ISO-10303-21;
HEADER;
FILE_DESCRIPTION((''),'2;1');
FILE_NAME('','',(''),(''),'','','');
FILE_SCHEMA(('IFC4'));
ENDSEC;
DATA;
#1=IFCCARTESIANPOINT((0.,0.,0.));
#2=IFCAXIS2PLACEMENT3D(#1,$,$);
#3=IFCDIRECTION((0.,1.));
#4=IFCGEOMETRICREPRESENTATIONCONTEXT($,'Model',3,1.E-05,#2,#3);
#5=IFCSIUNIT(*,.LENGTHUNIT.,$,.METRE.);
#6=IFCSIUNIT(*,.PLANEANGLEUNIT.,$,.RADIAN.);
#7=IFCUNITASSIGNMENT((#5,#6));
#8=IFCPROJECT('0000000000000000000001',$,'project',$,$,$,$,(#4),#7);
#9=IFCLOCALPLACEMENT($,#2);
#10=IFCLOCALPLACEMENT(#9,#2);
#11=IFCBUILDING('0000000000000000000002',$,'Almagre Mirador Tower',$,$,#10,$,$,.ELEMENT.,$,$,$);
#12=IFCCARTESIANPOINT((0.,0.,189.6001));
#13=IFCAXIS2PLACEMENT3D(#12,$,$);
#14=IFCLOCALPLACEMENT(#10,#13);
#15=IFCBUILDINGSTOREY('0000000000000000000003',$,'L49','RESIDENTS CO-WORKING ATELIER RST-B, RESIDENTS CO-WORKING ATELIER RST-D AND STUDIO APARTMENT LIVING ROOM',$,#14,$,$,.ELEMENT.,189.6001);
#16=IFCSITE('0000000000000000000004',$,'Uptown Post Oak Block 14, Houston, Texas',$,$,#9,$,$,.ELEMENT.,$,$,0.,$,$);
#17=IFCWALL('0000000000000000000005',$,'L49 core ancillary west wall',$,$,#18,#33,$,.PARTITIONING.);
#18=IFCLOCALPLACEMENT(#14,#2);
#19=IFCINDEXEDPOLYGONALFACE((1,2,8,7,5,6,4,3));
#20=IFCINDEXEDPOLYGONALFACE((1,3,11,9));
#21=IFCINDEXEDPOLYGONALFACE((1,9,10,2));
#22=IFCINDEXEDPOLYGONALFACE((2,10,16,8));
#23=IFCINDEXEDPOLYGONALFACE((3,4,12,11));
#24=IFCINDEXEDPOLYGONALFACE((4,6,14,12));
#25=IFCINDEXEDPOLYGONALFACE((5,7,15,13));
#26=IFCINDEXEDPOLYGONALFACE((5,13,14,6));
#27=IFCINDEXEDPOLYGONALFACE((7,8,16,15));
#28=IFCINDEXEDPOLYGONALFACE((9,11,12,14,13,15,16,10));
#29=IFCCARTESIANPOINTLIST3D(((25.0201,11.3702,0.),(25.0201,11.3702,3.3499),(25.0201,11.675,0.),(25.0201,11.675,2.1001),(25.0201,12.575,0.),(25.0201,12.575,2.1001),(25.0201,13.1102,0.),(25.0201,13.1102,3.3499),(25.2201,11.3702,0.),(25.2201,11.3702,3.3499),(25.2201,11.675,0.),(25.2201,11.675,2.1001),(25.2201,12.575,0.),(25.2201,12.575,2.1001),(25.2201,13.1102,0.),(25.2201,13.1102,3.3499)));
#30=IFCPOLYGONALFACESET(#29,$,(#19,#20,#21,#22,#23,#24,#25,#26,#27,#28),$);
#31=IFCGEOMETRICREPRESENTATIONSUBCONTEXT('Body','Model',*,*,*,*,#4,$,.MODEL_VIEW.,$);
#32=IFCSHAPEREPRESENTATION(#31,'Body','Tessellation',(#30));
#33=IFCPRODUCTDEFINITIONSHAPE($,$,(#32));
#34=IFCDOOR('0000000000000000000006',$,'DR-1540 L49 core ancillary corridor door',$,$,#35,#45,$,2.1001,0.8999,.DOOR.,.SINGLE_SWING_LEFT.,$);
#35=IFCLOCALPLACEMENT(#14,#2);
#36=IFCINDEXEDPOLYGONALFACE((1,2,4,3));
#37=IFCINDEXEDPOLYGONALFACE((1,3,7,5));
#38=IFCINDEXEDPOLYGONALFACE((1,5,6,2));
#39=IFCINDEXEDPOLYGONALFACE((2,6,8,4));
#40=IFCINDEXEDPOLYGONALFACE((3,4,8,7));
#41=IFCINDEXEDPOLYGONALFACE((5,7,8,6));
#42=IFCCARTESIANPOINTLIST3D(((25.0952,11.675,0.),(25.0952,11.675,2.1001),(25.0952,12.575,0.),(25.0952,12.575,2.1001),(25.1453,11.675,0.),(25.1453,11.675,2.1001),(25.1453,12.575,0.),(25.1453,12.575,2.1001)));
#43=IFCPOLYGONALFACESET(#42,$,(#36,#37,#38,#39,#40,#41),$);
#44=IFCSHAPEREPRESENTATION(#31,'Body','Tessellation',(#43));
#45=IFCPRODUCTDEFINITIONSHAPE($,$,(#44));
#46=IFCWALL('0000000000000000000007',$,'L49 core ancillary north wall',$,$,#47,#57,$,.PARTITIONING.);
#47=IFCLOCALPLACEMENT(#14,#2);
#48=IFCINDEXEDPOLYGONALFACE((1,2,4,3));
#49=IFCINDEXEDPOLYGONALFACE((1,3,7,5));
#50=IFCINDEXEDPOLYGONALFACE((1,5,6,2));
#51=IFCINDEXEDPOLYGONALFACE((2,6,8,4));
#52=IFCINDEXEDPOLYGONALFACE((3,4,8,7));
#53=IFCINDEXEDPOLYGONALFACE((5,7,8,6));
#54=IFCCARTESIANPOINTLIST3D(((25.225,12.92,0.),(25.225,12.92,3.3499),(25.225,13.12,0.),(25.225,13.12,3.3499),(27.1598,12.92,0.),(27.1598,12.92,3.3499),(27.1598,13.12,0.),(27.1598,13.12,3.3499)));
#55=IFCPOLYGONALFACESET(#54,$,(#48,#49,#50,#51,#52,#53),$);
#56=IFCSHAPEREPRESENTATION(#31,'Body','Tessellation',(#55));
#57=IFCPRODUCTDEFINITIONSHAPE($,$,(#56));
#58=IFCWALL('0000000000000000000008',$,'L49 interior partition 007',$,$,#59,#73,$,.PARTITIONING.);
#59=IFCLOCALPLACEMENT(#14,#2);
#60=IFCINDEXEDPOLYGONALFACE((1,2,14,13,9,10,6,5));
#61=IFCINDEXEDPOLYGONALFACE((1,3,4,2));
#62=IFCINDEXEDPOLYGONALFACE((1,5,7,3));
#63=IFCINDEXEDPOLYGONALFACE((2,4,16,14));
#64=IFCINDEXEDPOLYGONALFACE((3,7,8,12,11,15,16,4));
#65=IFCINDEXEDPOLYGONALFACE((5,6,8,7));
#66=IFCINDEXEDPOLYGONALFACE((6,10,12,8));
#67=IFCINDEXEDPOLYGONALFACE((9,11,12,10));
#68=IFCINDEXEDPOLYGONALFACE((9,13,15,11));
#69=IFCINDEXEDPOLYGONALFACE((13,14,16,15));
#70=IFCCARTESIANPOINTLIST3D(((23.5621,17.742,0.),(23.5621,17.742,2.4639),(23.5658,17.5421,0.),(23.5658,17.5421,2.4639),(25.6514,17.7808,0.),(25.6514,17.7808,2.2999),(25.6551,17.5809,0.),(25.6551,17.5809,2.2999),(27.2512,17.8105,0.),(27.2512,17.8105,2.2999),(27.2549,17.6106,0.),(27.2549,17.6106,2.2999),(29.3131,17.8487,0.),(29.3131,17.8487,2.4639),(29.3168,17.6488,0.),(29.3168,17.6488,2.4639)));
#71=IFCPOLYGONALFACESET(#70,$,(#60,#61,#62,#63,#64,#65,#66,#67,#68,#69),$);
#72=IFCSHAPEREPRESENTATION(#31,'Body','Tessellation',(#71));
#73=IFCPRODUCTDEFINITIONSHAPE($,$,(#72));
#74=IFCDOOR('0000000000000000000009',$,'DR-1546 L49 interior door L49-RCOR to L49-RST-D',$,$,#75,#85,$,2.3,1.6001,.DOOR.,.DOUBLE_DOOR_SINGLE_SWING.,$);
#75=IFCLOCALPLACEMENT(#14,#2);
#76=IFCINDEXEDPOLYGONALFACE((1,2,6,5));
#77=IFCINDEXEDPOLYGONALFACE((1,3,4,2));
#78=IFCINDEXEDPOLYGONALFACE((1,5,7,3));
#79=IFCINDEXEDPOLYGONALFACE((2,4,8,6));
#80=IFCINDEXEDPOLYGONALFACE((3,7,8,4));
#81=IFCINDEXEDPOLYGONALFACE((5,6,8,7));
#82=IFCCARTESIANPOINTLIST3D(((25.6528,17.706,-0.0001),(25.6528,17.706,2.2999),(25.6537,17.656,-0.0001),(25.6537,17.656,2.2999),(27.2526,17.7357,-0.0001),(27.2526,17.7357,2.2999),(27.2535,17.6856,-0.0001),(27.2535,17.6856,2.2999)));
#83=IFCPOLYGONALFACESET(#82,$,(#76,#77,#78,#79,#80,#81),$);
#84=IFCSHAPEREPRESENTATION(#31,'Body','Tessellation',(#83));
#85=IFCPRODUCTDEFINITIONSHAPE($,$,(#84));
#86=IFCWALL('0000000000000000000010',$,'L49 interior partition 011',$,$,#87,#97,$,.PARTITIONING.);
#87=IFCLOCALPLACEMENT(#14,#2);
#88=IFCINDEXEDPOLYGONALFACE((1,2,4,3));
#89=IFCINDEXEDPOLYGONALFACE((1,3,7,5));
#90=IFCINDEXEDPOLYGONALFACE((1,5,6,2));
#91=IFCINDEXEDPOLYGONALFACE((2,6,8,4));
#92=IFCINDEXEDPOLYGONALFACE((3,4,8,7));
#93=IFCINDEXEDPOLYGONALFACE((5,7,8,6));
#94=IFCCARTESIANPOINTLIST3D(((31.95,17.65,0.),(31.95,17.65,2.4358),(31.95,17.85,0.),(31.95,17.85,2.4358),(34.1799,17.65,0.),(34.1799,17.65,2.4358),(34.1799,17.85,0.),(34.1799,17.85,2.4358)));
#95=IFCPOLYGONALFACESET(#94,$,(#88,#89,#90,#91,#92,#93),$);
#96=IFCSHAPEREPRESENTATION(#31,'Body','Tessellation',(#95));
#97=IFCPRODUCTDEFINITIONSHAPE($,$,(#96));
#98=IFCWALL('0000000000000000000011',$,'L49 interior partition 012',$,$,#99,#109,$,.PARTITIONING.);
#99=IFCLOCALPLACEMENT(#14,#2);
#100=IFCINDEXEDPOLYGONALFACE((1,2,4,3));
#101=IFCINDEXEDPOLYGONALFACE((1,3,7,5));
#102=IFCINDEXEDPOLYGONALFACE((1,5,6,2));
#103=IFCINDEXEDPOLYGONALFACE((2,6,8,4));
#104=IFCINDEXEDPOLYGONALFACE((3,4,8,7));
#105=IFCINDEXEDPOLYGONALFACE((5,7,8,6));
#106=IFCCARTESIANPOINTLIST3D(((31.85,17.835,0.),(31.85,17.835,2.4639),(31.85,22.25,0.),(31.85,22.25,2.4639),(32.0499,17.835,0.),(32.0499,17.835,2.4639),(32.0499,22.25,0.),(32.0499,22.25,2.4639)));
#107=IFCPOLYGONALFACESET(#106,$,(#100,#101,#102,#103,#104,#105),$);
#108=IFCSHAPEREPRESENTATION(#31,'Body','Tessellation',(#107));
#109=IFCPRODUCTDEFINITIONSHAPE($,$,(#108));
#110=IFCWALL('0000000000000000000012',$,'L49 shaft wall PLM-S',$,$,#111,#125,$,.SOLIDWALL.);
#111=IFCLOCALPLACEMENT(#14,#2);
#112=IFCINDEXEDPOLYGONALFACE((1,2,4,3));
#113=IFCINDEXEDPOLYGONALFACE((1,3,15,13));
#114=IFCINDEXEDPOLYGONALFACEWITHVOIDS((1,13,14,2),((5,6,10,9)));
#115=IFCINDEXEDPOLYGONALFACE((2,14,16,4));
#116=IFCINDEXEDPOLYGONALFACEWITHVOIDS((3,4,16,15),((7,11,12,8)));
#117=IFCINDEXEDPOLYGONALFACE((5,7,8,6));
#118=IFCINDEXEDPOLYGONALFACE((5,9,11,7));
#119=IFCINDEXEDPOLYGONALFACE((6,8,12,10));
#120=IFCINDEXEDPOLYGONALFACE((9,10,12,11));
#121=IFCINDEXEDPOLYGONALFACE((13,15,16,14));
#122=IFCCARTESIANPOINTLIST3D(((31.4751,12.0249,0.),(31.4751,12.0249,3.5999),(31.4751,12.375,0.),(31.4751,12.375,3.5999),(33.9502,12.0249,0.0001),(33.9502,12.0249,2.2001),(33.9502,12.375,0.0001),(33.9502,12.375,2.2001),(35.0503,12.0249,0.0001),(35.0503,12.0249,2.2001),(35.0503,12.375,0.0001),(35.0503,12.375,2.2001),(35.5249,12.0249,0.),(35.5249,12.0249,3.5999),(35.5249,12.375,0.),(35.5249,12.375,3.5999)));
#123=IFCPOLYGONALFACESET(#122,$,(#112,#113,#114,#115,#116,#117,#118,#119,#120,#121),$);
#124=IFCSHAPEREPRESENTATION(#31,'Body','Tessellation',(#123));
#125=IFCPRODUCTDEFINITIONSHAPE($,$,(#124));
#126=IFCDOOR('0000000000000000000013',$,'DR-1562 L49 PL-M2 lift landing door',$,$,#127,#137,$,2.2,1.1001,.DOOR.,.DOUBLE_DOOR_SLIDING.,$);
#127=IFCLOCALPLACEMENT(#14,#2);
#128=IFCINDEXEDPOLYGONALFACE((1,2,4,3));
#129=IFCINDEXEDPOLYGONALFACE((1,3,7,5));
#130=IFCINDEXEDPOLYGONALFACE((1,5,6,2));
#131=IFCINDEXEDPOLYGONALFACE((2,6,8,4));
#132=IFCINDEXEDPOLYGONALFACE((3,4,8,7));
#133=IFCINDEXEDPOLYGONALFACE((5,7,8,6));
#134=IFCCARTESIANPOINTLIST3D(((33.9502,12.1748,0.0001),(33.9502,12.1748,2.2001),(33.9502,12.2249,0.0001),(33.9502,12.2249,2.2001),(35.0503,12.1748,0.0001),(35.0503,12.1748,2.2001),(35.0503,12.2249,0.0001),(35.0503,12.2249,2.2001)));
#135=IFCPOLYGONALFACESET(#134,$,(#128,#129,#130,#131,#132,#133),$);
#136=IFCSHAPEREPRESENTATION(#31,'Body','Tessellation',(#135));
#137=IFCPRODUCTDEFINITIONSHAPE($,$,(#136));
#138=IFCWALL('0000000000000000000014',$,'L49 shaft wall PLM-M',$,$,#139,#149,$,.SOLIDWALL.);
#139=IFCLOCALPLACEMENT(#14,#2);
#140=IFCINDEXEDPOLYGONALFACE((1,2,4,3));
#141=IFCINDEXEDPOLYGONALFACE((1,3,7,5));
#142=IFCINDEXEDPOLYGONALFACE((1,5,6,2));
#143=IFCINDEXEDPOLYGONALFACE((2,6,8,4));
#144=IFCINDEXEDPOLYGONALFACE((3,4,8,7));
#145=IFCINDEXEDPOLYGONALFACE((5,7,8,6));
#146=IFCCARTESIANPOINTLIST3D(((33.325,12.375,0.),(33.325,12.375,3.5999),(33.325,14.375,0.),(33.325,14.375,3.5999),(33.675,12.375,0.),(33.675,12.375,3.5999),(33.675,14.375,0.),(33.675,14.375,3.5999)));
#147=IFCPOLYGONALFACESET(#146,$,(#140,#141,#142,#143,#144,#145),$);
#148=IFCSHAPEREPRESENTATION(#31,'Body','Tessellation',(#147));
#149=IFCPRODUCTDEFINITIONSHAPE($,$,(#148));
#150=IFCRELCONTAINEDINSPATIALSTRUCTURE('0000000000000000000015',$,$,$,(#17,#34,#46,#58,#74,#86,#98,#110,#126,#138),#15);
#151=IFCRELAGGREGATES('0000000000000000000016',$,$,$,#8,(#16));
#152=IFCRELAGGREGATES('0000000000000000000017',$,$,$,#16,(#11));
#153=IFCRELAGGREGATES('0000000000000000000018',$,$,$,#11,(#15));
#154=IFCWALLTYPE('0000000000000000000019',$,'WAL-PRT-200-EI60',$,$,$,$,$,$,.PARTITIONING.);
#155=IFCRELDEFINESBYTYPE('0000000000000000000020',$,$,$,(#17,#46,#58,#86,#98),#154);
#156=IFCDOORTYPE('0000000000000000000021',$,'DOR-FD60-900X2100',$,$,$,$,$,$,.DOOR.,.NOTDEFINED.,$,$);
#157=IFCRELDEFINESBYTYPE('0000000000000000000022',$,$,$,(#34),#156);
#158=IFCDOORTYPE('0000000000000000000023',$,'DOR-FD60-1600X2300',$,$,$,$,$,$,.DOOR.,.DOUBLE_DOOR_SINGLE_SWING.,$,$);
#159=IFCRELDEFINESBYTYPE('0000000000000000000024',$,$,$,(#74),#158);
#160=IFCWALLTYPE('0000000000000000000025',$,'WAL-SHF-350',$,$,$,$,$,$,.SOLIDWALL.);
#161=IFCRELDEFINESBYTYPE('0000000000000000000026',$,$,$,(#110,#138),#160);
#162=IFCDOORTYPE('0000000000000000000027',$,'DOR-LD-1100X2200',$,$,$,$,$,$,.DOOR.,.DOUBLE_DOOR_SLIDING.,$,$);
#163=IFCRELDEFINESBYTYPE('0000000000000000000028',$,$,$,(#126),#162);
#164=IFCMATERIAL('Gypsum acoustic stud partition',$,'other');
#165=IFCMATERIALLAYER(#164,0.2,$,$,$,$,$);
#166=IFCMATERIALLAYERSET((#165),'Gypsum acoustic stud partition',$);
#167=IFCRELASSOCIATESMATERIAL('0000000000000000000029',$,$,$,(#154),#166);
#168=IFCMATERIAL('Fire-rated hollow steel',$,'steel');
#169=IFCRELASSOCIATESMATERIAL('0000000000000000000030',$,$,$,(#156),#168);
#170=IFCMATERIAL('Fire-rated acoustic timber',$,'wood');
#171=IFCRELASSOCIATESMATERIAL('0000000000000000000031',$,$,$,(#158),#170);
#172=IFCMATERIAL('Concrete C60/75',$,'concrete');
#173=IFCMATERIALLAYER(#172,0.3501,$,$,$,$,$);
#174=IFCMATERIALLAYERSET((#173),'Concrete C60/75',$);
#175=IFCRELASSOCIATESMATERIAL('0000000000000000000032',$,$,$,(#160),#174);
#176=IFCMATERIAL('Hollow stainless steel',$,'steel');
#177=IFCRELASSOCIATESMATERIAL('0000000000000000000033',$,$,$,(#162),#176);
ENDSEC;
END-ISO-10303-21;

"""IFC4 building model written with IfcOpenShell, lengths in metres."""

from ifc_helpers import new_model, si_unit, direction, frame, frame_2d, origin, place, context, subcontext, project, spatial, rectangle, extrude, material, layer, layer_set, type_object, element, fill, save


model = new_model("IFC4")

# Units and contexts
model_context = context("Model", 3, precision=1e-05, world=origin(), true_north=direction((0.0, 1.0)))
body_context = subcontext(model_context, "Body", "Model", "MODEL_VIEW")
ifc_project = project(units=[si_unit("LENGTHUNIT", "METRE"), si_unit("PLANEANGLEUNIT", "RADIAN")], contexts=[model_context])

# Site, building, storey
site_placement = place(None, origin())
site = spatial("IfcSite", under=ifc_project, at=site_placement, Name="Uptown Post Oak Block 14, Houston, Texas", CompositionType="ELEMENT", RefElevation=0.0)
building_placement = place(site_placement, origin())
building = spatial("IfcBuilding", under=site, at=building_placement, Name="Almagre Mirador Tower", CompositionType="ELEMENT")
storey_placement = place(building_placement, frame((0.0, 0.0, 189.6001)))
storey = spatial("IfcBuildingStorey", under=building, at=storey_placement, Name="L49", Description="RESIDENTS CO-WORKING ATELIER RST-B, RESIDENTS CO-WORKING ATELIER RST-D AND STUDIO APARTMENT LIVING ROOM", CompositionType="ELEMENT", Elevation=189.6001)

# Wall, opening, door
ifc_material_1 = material(Name="Gypsum acoustic stud partition", Category="other")
ifc_layer_1 = layer(ifc_material_1, 0.2)
ifc_layer_set_1 = layer_set([ifc_layer_1], Name="Gypsum acoustic stud partition")
wall_type_1 = type_object("IfcWallType", Name="WAL-PRT-200-EI60", PredefinedType="PARTITIONING", material=ifc_layer_set_1)
wall_1_placement = place(storey_placement, frame((25.1201, 11.3701, 0.0), z_axis=(0.0, 0.0, 1.0), x_axis=(0.0, 1.0, 0.0)))
wall_1 = element("IfcWall", 1, at=wall_1_placement, inside=storey, type_object=wall_type_1, Name="L49 core ancillary west wall", PredefinedType="PARTITIONING", context=body_context, shape_type="SweptSolid", body=[
    extrude(rectangle(XDim=1.74, YDim=0.2, at=frame_2d((0.8701, 0.0))), origin(), (0.0, 0.0, 1.0), 3.3499),
])
opening_1_placement = place(wall_1_placement, frame((0.3049, 0.0, 0.0)))
opening_1 = element("IfcOpeningElement", 2, at=opening_1_placement, cuts=wall_1, PredefinedType="OPENING", context=body_context, shape_type="SweptSolid", body=[
    extrude(rectangle(XDim=0.8999, YDim=2.1001, at=frame_2d((0.45, 1.05))), frame((0.0, 0.1101, 0.0), z_axis=(0.0, -1.0, 0.0), x_axis=(1.0, 0.0, 0.0)), (0.0, 0.0, 1.0), 0.22),
])
ifc_material_2 = material(Name="Fire-rated hollow steel", Category="steel")
door_type_1 = type_object("IfcDoorType", Name="DOR-FD60-900X2100", OperationType="NOTDEFINED", PredefinedType="DOOR", material=ifc_material_2)
door_1_placement = place(opening_1_placement, origin())
door_1 = element("IfcDoor", 3, at=door_1_placement, inside=storey, type_object=door_type_1, Name="DR-1540 L49 core ancillary corridor door", OperationType="SINGLE_SWING_LEFT", OverallHeight=2.1001, OverallWidth=0.8999, PredefinedType="DOOR", context=body_context, shape_type="SweptSolid", body=[
    extrude(rectangle(XDim=0.8999, YDim=2.1001, at=frame_2d((0.45, 1.05))), frame((0.0, 0.0249, 0.0), z_axis=(0.0, -1.0, 0.0), x_axis=(1.0, 0.0, 0.0)), (0.0, 0.0, 1.0), 0.05),
])
fill(opening_1, door_1)

# Wall
wall_2_placement = place(storey_placement, frame((25.2251, 13.02, 0.0), z_axis=(0.0, 0.0, 1.0), x_axis=(1.0, 0.0, 0.0)))
element("IfcWall", 4, at=wall_2_placement, inside=storey, type_object=wall_type_1, Name="L49 core ancillary north wall", PredefinedType="PARTITIONING", context=body_context, shape_type="SweptSolid", body=[
    extrude(rectangle(XDim=1.9348, YDim=0.2, at=frame_2d((0.9673, 0.0))), origin(), (0.0, 0.0, 1.0), 3.3499),
])

# Wall, opening, door
wall_3_placement = place(storey_placement, frame((29.3149, 17.7488, 0.0), z_axis=(0.0, 0.0, 1.0), x_axis=(-0.999828, -0.018548, 0.0)))
wall_3 = element("IfcWall", 5, at=wall_3_placement, inside=storey, type_object=wall_type_1, Name="L49 interior partition 007", PredefinedType="PARTITIONING", context=body_context, shape_type="SweptSolid", body=[
    extrude(rectangle(XDim=5.752, YDim=0.2, at=frame_2d((2.876, 0.0))), origin(), (0.0, 0.0, 1.0), 2.4639),
])
opening_2_placement = place(wall_3_placement, frame((2.0623, 0.0, 0.0)))
opening_2 = element("IfcOpeningElement", 6, at=opening_2_placement, cuts=wall_3, PredefinedType="OPENING", context=body_context, shape_type="SweptSolid", body=[
    extrude(rectangle(XDim=1.6001, YDim=2.3, at=frame_2d((0.8, 1.1499))), frame((0.0, 0.1101, 0.0), z_axis=(0.0, -1.0, 0.0), x_axis=(1.0, 0.0, 0.0)), (0.0, 0.0, 1.0), 0.22),
])
ifc_material_3 = material(Name="Fire-rated acoustic timber", Category="wood")
door_type_2 = type_object("IfcDoorType", Name="DOR-FD60-1600X2300", OperationType="DOUBLE_DOOR_SINGLE_SWING", PredefinedType="DOOR", material=ifc_material_3)
door_2_placement = place(opening_2_placement, origin())
door_2 = element("IfcDoor", 7, at=door_2_placement, inside=storey, type_object=door_type_2, Name="DR-1546 L49 interior door L49-RCOR to L49-RST-D", OperationType="DOUBLE_DOOR_SINGLE_SWING", OverallHeight=2.3, OverallWidth=1.6001, PredefinedType="DOOR", context=body_context, shape_type="SweptSolid", body=[
    extrude(rectangle(XDim=1.6001, YDim=2.3, at=frame_2d((0.8, 1.1499))), frame((0.0, 0.0249, 0.0), z_axis=(0.0, -1.0, 0.0), x_axis=(1.0, 0.0, 0.0)), (0.0, 0.0, 1.0), 0.05),
])
fill(opening_2, door_2)

# Walls
wall_4_placement = place(storey_placement, frame((34.1799, 17.75, 0.0), z_axis=(0.0, 0.0, 1.0), x_axis=(-1.0, 0.0, 0.0)))
element("IfcWall", 8, at=wall_4_placement, inside=storey, type_object=wall_type_1, Name="L49 interior partition 011", PredefinedType="PARTITIONING", context=body_context, shape_type="SweptSolid", body=[
    extrude(rectangle(XDim=2.23, YDim=0.2, at=frame_2d((1.115, 0.0))), origin(), (0.0, 0.0, 1.0), 2.4358),
])
wall_5_placement = place(storey_placement, frame((31.95, 17.835, 0.0), z_axis=(0.0, 0.0, 1.0), x_axis=(0.0, 1.0, 0.0)))
element("IfcWall", 9, at=wall_5_placement, inside=storey, type_object=wall_type_1, Name="L49 interior partition 012", PredefinedType="PARTITIONING", context=body_context, shape_type="SweptSolid", body=[
    extrude(rectangle(XDim=4.415, YDim=0.2, at=frame_2d((2.2075, 0.0))), origin(), (0.0, 0.0, 1.0), 2.4639),
])

# Wall, opening, door
ifc_material_4 = material(Name="Concrete C60/75", Category="concrete")
ifc_layer_2 = layer(ifc_material_4, 0.3501)
ifc_layer_set_2 = layer_set([ifc_layer_2], Name="Concrete C60/75")
wall_type_2 = type_object("IfcWallType", Name="WAL-SHF-350", PredefinedType="SOLIDWALL", material=ifc_layer_set_2)
wall_6_placement = place(storey_placement, frame((31.4751, 12.2, 0.0), z_axis=(0.0, 0.0, 1.0), x_axis=(1.0, 0.0, 0.0)))
wall_6 = element("IfcWall", 10, at=wall_6_placement, inside=storey, type_object=wall_type_2, Name="L49 shaft wall PLM-S", PredefinedType="SOLIDWALL", context=body_context, shape_type="SweptSolid", body=[
    extrude(rectangle(XDim=4.0498, YDim=0.3501, at=frame_2d((2.0249, 0.0))), origin(), (0.0, 0.0, 1.0), 3.5999),
])
opening_3_placement = place(wall_6_placement, frame((2.4751, 0.0, 0.0)))
opening_3 = element("IfcOpeningElement", 11, at=opening_3_placement, cuts=wall_6, PredefinedType="OPENING", context=body_context, shape_type="SweptSolid", body=[
    extrude(rectangle(XDim=1.1001, YDim=2.2, at=frame_2d((0.55, 1.1001))), frame((0.0, 0.185, 0.0), z_axis=(0.0, -1.0, 0.0), x_axis=(1.0, 0.0, 0.0)), (0.0, 0.0, 1.0), 0.3701),
])
ifc_material_5 = material(Name="Hollow stainless steel", Category="steel")
door_type_3 = type_object("IfcDoorType", Name="DOR-LD-1100X2200", OperationType="DOUBLE_DOOR_SLIDING", PredefinedType="DOOR", material=ifc_material_5)
door_3_placement = place(opening_3_placement, origin())
door_3 = element("IfcDoor", 12, at=door_3_placement, inside=storey, type_object=door_type_3, Name="DR-1562 L49 PL-M2 lift landing door", OperationType="DOUBLE_DOOR_SLIDING", OverallHeight=2.2, OverallWidth=1.1001, PredefinedType="DOOR", context=body_context, shape_type="SweptSolid", body=[
    extrude(rectangle(XDim=1.1001, YDim=2.2, at=frame_2d((0.55, 1.1001))), frame((0.0, 0.0249, 0.0), z_axis=(0.0, -1.0, 0.0), x_axis=(1.0, 0.0, 0.0)), (0.0, 0.0, 1.0), 0.05),
])
fill(opening_3, door_3)

# Wall
wall_7_placement = place(storey_placement, frame((33.5, 12.375, 0.0), z_axis=(0.0, 0.0, 1.0), x_axis=(0.0, 1.0, 0.0)))
element("IfcWall", 13, at=wall_7_placement, inside=storey, type_object=wall_type_2, Name="L49 shaft wall PLM-M", PredefinedType="SOLIDWALL", context=body_context, shape_type="SweptSolid", body=[
    extrude(rectangle(XDim=2.0, YDim=0.3501, at=frame_2d((1.0, 0.0))), origin(), (0.0, 0.0, 1.0), 3.5999),
])

save(model, "model.ifc")
